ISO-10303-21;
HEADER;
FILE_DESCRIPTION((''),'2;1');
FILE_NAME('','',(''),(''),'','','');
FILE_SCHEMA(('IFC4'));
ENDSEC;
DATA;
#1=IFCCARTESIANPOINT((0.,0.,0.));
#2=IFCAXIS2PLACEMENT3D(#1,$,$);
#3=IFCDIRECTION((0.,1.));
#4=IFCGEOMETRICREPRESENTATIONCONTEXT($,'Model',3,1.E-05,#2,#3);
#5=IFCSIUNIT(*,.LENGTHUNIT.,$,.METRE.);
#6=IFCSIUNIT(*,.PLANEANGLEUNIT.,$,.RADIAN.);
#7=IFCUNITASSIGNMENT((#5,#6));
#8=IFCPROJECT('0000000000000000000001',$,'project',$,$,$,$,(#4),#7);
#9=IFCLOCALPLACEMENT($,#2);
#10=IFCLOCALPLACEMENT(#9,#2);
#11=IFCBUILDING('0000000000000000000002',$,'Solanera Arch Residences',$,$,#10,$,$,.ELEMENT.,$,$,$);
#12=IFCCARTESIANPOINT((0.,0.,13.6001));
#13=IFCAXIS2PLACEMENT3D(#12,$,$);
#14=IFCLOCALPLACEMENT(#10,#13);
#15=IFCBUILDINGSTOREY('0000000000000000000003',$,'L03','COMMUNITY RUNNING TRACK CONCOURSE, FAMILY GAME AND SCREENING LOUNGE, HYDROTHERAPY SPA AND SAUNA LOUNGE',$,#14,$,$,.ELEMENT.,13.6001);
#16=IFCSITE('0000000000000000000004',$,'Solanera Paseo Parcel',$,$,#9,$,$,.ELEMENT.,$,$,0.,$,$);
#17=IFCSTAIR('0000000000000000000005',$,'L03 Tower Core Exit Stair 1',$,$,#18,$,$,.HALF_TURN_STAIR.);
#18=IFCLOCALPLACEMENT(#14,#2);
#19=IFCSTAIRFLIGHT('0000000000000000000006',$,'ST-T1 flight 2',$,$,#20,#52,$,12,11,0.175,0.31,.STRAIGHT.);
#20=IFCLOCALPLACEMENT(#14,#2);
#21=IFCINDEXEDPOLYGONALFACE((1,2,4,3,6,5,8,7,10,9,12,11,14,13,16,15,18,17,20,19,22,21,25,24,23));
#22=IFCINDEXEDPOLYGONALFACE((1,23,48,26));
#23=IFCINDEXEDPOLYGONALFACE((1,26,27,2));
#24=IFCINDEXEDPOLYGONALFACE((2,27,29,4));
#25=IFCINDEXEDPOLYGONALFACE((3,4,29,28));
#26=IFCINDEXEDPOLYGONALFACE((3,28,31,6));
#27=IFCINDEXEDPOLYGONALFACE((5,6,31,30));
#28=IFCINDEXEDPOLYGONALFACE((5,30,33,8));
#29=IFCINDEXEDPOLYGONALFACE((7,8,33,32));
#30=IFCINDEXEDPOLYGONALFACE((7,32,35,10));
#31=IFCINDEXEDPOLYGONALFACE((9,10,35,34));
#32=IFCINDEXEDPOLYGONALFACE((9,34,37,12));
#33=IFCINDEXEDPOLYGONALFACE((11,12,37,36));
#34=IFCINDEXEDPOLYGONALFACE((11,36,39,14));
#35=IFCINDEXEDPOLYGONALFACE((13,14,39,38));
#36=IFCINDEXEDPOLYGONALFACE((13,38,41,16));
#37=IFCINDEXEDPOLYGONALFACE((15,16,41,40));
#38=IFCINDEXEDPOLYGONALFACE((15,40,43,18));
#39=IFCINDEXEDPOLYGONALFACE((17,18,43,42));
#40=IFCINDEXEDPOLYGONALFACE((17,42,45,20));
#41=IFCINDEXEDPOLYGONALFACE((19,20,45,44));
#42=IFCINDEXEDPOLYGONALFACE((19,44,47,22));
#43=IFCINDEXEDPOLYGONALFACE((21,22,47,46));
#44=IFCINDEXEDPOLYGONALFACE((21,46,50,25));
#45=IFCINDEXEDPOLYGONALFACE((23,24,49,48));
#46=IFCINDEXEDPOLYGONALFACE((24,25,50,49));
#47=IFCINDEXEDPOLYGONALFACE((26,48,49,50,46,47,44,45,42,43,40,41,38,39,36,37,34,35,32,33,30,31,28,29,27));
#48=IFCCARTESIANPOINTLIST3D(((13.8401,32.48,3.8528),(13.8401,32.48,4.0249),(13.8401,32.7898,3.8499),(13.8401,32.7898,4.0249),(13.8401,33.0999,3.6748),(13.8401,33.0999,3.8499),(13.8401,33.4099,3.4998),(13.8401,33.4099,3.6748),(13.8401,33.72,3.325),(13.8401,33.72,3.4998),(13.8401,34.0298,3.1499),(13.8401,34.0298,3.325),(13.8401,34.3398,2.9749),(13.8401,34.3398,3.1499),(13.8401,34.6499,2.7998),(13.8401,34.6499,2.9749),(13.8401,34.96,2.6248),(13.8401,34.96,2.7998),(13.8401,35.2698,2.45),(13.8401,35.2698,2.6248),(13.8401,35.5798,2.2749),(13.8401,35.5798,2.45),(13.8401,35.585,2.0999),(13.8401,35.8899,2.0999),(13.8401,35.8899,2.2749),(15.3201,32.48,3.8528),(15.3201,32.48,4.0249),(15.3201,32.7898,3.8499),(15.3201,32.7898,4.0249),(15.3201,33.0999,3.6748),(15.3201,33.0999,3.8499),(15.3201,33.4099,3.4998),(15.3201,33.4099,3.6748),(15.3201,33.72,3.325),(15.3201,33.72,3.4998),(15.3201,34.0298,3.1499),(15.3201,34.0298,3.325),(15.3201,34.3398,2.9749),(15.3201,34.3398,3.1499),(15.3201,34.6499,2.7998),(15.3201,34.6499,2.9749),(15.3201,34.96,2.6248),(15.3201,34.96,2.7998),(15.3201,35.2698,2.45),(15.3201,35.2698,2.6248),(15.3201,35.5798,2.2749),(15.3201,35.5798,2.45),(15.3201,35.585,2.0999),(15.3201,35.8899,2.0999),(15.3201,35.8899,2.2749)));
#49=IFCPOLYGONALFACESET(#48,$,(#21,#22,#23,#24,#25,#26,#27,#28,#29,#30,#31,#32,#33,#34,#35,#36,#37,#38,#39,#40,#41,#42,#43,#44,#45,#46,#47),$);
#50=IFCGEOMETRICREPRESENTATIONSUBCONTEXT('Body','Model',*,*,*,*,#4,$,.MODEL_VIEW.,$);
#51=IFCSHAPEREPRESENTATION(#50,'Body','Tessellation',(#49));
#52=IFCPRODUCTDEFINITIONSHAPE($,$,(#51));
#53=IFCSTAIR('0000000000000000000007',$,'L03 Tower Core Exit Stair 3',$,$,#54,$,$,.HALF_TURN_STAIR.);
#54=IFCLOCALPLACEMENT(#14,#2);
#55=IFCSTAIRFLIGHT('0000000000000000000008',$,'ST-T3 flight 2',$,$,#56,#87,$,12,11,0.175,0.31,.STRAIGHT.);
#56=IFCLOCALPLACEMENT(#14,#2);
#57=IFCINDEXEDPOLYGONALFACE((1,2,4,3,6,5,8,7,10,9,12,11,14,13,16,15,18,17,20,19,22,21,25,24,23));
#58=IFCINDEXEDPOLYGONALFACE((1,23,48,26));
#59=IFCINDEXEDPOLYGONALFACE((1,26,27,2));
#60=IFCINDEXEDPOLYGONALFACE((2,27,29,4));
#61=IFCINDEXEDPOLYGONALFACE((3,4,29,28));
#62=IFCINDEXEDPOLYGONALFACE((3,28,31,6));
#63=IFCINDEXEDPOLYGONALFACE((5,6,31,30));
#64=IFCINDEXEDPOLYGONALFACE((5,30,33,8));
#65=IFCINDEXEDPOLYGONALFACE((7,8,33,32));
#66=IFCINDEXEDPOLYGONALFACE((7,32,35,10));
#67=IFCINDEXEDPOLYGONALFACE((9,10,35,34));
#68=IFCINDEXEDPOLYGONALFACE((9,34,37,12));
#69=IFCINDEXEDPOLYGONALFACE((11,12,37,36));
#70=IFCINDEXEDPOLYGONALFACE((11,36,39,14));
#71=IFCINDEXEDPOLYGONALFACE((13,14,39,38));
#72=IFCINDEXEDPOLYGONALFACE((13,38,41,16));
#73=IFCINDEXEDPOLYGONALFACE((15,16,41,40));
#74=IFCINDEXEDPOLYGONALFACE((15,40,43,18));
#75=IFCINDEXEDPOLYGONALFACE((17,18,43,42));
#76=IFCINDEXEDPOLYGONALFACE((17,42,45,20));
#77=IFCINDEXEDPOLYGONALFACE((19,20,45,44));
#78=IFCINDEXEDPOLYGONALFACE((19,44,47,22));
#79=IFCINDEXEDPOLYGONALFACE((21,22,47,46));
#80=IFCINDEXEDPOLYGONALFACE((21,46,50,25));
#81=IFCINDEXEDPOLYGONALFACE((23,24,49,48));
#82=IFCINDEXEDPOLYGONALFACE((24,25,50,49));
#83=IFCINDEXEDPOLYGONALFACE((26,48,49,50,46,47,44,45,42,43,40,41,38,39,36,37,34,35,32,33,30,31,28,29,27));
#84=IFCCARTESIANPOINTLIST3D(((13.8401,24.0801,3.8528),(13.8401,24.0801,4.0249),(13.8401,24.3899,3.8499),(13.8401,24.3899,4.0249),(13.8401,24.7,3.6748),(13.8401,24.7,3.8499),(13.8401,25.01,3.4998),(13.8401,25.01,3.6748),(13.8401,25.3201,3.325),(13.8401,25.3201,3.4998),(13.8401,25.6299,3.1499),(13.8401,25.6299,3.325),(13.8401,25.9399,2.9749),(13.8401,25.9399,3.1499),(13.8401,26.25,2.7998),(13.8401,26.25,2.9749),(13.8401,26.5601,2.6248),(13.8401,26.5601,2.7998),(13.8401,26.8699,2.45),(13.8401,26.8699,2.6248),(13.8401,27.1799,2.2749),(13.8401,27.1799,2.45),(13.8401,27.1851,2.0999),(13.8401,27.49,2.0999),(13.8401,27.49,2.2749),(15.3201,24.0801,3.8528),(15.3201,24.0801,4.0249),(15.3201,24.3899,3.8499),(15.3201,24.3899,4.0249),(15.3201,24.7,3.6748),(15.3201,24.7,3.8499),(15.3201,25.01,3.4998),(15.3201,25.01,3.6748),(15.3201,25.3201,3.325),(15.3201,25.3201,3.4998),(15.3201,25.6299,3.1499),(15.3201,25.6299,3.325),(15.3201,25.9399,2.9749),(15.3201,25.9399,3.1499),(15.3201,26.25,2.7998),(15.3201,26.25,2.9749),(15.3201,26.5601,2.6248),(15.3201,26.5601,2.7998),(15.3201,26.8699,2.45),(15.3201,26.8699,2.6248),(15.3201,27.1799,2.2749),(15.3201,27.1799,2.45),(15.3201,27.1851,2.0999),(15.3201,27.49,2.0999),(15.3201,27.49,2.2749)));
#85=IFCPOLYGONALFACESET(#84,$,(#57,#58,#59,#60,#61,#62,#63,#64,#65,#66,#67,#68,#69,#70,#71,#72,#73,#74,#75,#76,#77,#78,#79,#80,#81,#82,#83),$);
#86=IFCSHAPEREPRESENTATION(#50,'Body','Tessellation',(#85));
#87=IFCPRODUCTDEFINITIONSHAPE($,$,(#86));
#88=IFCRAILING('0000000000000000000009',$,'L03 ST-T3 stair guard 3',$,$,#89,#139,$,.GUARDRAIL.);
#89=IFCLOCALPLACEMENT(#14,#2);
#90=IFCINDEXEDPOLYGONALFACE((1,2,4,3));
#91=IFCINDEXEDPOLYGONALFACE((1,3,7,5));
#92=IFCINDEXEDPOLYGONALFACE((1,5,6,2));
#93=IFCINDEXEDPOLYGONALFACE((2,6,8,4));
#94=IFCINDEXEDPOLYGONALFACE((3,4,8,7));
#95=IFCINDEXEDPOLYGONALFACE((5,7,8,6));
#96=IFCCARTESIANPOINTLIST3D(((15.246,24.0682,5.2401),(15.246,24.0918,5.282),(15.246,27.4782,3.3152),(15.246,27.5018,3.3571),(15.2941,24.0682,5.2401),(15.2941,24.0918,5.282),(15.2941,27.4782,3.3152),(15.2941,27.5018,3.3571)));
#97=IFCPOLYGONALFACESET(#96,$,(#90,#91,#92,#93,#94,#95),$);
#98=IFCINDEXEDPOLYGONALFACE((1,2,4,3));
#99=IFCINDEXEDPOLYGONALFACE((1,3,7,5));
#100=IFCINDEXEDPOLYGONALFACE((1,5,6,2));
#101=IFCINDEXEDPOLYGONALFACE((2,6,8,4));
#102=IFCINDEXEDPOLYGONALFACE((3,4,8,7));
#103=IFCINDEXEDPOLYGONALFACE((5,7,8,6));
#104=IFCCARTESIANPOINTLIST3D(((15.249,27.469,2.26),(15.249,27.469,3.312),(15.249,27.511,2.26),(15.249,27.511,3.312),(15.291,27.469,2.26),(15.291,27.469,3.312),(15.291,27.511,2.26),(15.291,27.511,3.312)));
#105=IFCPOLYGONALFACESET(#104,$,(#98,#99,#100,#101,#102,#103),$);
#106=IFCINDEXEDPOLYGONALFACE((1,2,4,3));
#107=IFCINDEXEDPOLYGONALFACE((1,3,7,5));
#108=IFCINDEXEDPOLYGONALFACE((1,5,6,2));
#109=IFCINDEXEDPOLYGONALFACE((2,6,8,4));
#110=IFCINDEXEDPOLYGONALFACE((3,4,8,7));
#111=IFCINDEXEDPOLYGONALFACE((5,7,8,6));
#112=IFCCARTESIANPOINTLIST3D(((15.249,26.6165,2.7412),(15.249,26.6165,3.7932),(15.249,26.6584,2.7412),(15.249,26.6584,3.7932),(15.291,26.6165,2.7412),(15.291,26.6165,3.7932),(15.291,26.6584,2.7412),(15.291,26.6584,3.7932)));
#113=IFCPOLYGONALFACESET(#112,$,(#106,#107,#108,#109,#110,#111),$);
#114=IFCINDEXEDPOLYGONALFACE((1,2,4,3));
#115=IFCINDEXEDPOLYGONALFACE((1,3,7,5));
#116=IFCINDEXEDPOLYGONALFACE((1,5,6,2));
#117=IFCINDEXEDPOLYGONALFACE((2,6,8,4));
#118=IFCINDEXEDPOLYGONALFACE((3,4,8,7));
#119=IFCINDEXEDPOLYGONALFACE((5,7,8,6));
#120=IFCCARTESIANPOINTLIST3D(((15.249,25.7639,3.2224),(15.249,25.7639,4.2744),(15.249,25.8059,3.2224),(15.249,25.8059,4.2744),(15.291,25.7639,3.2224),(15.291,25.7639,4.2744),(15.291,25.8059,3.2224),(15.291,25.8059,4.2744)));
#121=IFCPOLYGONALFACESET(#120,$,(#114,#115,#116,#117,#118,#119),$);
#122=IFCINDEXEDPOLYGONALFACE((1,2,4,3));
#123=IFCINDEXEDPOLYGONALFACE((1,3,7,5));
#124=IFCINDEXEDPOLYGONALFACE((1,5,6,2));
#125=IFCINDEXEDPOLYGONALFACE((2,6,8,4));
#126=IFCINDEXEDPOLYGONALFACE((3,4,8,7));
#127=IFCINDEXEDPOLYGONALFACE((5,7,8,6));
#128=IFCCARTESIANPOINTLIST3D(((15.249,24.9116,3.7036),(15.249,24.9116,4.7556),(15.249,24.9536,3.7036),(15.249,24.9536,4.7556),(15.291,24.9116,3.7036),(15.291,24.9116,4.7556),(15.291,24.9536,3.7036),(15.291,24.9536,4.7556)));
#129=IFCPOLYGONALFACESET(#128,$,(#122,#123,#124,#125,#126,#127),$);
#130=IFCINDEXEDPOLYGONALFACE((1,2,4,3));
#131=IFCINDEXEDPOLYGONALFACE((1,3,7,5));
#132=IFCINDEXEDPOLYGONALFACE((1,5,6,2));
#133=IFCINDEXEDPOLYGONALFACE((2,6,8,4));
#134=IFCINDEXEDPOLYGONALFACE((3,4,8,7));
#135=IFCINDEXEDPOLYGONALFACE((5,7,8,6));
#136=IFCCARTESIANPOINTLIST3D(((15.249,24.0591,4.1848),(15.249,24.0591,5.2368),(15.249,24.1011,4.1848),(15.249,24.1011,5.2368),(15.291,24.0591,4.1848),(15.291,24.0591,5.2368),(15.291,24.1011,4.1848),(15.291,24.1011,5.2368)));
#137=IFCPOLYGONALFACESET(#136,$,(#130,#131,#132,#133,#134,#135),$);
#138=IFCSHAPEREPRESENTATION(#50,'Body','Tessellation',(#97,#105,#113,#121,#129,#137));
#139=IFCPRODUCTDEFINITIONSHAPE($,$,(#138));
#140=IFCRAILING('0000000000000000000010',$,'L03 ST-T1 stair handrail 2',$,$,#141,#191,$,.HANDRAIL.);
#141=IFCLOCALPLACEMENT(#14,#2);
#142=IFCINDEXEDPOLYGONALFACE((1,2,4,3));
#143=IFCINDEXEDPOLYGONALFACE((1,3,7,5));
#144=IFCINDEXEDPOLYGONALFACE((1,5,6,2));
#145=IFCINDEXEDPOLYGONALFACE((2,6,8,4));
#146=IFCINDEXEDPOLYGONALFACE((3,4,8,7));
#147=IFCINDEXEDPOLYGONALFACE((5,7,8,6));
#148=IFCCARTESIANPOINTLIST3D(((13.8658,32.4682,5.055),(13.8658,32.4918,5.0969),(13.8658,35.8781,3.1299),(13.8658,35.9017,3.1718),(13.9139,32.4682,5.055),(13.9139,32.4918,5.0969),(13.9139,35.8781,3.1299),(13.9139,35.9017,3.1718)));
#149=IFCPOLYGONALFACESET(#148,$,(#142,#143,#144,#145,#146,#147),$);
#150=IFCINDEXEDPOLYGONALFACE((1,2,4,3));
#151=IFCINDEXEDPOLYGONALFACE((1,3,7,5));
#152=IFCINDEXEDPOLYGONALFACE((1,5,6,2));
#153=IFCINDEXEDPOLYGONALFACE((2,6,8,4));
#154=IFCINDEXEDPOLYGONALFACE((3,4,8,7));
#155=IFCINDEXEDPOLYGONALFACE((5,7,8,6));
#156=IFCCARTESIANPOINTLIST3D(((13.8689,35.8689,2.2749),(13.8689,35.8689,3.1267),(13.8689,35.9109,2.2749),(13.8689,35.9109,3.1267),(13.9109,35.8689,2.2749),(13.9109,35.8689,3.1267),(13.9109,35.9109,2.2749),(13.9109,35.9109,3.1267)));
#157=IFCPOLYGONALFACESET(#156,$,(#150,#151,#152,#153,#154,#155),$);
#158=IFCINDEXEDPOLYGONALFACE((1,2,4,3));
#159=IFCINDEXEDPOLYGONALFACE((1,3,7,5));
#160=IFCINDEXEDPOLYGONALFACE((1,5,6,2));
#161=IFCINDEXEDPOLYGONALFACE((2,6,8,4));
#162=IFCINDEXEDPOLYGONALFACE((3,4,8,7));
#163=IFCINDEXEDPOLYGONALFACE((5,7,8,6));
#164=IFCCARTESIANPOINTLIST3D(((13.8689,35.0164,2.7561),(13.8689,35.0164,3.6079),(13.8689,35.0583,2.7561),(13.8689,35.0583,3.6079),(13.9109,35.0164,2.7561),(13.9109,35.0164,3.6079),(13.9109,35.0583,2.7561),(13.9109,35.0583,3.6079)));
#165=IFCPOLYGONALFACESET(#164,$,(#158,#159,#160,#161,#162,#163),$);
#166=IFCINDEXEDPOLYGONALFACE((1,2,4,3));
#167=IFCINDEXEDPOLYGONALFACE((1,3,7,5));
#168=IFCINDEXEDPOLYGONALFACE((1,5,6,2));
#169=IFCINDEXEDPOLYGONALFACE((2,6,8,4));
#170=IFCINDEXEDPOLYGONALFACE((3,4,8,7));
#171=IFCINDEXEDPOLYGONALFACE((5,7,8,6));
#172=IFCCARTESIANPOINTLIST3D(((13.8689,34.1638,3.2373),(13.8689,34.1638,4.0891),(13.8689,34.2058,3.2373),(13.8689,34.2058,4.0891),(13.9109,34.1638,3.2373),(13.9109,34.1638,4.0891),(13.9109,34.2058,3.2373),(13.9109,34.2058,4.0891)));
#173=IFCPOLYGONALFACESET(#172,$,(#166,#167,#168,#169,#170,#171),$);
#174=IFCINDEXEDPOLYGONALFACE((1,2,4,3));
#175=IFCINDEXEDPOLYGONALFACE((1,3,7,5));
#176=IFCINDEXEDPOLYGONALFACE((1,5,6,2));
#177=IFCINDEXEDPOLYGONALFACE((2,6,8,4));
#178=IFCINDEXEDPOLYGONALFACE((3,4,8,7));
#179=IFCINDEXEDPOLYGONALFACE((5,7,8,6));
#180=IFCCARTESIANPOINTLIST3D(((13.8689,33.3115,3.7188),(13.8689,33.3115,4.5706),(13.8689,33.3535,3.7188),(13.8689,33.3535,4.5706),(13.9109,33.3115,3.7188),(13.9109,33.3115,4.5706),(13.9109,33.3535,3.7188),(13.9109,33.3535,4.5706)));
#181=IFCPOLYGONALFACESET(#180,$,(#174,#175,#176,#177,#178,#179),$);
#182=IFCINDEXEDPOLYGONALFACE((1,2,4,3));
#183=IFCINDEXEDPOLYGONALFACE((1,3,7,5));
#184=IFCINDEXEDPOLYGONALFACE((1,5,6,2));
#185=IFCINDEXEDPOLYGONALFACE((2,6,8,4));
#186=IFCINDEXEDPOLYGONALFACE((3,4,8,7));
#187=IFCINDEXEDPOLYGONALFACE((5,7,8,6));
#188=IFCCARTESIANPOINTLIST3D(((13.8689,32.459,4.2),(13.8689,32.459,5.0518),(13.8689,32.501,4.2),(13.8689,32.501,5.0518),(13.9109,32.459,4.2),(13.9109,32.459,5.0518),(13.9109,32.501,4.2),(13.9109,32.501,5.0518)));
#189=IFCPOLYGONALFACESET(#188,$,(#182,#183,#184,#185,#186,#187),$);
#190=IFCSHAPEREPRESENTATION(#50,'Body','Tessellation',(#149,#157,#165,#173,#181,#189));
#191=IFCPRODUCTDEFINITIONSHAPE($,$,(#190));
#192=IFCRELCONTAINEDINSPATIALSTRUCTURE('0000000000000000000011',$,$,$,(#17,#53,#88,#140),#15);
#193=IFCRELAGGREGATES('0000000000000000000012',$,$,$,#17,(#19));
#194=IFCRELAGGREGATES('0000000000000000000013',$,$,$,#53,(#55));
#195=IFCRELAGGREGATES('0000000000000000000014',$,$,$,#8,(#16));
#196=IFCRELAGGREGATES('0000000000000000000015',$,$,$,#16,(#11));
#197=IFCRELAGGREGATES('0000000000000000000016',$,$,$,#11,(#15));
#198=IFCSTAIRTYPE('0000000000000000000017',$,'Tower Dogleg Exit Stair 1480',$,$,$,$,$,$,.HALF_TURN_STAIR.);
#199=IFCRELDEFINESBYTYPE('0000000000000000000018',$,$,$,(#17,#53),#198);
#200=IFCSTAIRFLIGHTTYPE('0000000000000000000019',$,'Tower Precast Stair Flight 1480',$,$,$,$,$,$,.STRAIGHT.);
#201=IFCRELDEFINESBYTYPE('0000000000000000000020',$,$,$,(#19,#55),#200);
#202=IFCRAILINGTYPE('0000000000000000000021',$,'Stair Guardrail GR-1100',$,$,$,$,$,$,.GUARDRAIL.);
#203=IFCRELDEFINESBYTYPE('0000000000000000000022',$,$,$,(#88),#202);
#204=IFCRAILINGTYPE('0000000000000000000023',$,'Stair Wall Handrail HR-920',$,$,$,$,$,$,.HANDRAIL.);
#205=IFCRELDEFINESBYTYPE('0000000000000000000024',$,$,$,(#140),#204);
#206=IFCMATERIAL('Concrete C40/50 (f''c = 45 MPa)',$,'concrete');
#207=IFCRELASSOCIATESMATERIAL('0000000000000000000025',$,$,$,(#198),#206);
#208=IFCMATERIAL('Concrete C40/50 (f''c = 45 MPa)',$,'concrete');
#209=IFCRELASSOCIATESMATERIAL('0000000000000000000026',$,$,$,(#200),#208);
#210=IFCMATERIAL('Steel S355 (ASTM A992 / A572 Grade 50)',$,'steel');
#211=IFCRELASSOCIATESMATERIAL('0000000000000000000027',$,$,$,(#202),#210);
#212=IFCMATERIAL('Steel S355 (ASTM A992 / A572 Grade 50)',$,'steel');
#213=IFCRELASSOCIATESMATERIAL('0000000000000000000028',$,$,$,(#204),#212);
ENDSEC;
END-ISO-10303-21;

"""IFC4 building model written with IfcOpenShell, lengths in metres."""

from ifc_helpers import new_model, si_unit, direction, frame, origin, origin_2d, place, context, subcontext, project, spatial, polyline, rectangle, outline, extrude, material, type_object, element, aggregate, save


model = new_model("IFC4")

# Units and contexts
model_context = context("Model", 3, precision=1e-05, world=origin(), true_north=direction((0.0, 1.0)))
body_context = subcontext(model_context, "Body", "Model", "MODEL_VIEW")
ifc_project = project(units=[si_unit("LENGTHUNIT", "METRE"), si_unit("PLANEANGLEUNIT", "RADIAN")], contexts=[model_context])

# Site, building, storey
site_placement = place(None, origin())
site = spatial("IfcSite", under=ifc_project, at=site_placement, Name="Solanera Paseo Parcel", CompositionType="ELEMENT", RefElevation=0.0)
building_placement = place(site_placement, origin())
building = spatial("IfcBuilding", under=site, at=building_placement, Name="Solanera Arch Residences", CompositionType="ELEMENT")
storey_placement = place(building_placement, frame((0.0, 0.0, 13.6001)))
storey = spatial("IfcBuildingStorey", under=building, at=storey_placement, Name="L03", Description="COMMUNITY RUNNING TRACK CONCOURSE, FAMILY GAME AND SCREENING LOUNGE, HYDROTHERAPY SPA AND SAUNA LOUNGE", CompositionType="ELEMENT", Elevation=13.6001)

# Stairs, stair flights
ifc_material_1 = material(Name="Concrete C40/50 (f'c = 45 MPa)", Category="concrete")
stair_type = type_object("IfcStairType", Name="Tower Dogleg Exit Stair 1480", PredefinedType="HALF_TURN_STAIR", material=ifc_material_1)
stair_1_placement = place(storey_placement, origin())
stair_1 = element("IfcStair", 1, at=stair_1_placement, inside=storey, type_object=stair_type, Name="L03 Tower Core Exit Stair 1", PredefinedType="HALF_TURN_STAIR")
ifc_material_2 = material(Name="Concrete C40/50 (f'c = 45 MPa)", Category="concrete")
stair_flight_type = type_object("IfcStairFlightType", Name="Tower Precast Stair Flight 1480", PredefinedType="STRAIGHT", material=ifc_material_2)
stair_flight_1_placement = place(storey_placement, frame((14.5801, 35.8899, 2.0999), z_axis=(0.0, 0.0, 1.0), x_axis=(0.0, -1.0, 0.0)))
stair_flight_1 = element("IfcStairFlight", 2, at=stair_flight_1_placement, type_object=stair_flight_type, Name="ST-T1 flight 2", NumberOfRisers=12, NumberOfTreads=11, PredefinedType="STRAIGHT", RiserHeight=0.175, TreadLength=0.31, context=body_context, shape_type="SweptSolid", body=[
    extrude(outline(polyline([(0.0, 0.0), (0.0, 0.175), (0.3101, 0.175), (0.3101, 0.3501), (0.6201, 0.3501), (0.6201, 0.5249), (0.9299, 0.5249), (0.9299, 0.7), (1.24, 0.7), (1.24, 0.875), (1.55, 0.875), (1.55, 1.05), (1.8601, 1.05), (1.8601, 1.2251), (2.1699, 1.2251), (2.1699, 1.3999), (2.48, 1.3999), (2.48, 1.575), (2.79, 1.575), (2.79, 1.75), (3.1001, 1.75), (3.1001, 1.925), (3.4099, 1.925), (3.4099, 2.1001), (3.4099, 1.7529), (0.3049, 0.0), (0.0, 0.0)])), frame((0.0, 0.74, 0.0), z_axis=(0.0, -1.0, 0.0), x_axis=(1.0, 0.0, 0.0)), (0.0, 0.0, 1.0), 1.48),
])
aggregate(stair_1, [stair_flight_1])
stair_2_placement = place(storey_placement, origin())
stair_2 = element("IfcStair", 3, at=stair_2_placement, inside=storey, type_object=stair_type, Name="L03 Tower Core Exit Stair 3", PredefinedType="HALF_TURN_STAIR")
stair_flight_2_placement = place(storey_placement, frame((14.5801, 27.49, 2.0999), z_axis=(0.0, 0.0, 1.0), x_axis=(0.0, -1.0, 0.0)))
stair_flight_2 = element("IfcStairFlight", 4, at=stair_flight_2_placement, type_object=stair_flight_type, Name="ST-T3 flight 2", NumberOfRisers=12, NumberOfTreads=11, PredefinedType="STRAIGHT", RiserHeight=0.175, TreadLength=0.31, context=body_context, shape_type="SweptSolid", body=[
    extrude(outline(polyline([(0.0, 0.0), (0.0, 0.175), (0.3101, 0.175), (0.3101, 0.3501), (0.6201, 0.3501), (0.6201, 0.5249), (0.9299, 0.5249), (0.9299, 0.7), (1.24, 0.7), (1.24, 0.875), (1.55, 0.875), (1.55, 1.05), (1.8601, 1.05), (1.8601, 1.2251), (2.1699, 1.2251), (2.1699, 1.3999), (2.48, 1.3999), (2.48, 1.575), (2.79, 1.575), (2.79, 1.75), (3.1001, 1.75), (3.1001, 1.925), (3.4099, 1.925), (3.4099, 2.1001), (3.4099, 1.7529), (0.3049, 0.0), (0.0, 0.0)])), frame((0.0, 0.74, 0.0), z_axis=(0.0, -1.0, 0.0), x_axis=(1.0, 0.0, 0.0)), (0.0, 0.0, 1.0), 1.48),
])
aggregate(stair_2, [stair_flight_2])

# Railings
ifc_material_3 = material(Name="Steel S355 (ASTM A992 / A572 Grade 50)", Category="steel")
railing_type_1 = type_object("IfcRailingType", Name="Stair Guardrail GR-1100", PredefinedType="GUARDRAIL", material=ifc_material_3)
railing_placement = place(storey_placement, frame((15.27, 27.49, 2.26)))
element("IfcRailing", 5, at=railing_placement, inside=storey, type_object=railing_type_1, Name="L03 ST-T3 stair guard 3", PredefinedType="GUARDRAIL", context=body_context, shape_type="SweptSolid", body=[
    extrude(rectangle(XDim=0.0481, YDim=0.0481, at=origin_2d()), frame((0.0, 0.0, 1.0762), z_axis=(0.0, -0.87084, 0.491566), x_axis=(1.0, 0.0, 0.0)), (0.0, 0.0, 1.0), 3.9158),
    extrude(rectangle(XDim=0.042, YDim=0.042, at=origin_2d()), origin(), (0.0, 0.0, 1.0), 1.052),
    extrude(rectangle(XDim=0.042, YDim=0.042, at=origin_2d()), frame((0.0, -0.8525, 0.4812)), (0.0, 0.0, 1.0), 1.052),
    extrude(rectangle(XDim=0.042, YDim=0.042, at=origin_2d()), frame((0.0, -1.7051, 0.9624)), (0.0, 0.0, 1.0), 1.052),
    extrude(rectangle(XDim=0.042, YDim=0.042, at=origin_2d()), frame((0.0, -2.5574, 1.4436)), (0.0, 0.0, 1.0), 1.052),
    extrude(rectangle(XDim=0.042, YDim=0.042, at=origin_2d()), frame((0.0, -3.4099, 1.9248)), (0.0, 0.0, 1.0), 1.052),
])
ifc_material_4 = material(Name="Steel S355 (ASTM A992 / A572 Grade 50)", Category="steel")
railing_type_2 = type_object("IfcRailingType", Name="Stair Wall Handrail HR-920", PredefinedType="HANDRAIL", material=ifc_material_4)
for number, where, name in (
    (6, (13.8899, 35.8899, 2.2749), "L03 ST-T1 stair handrail 2"),
):
    element("IfcRailing", number, at=place(storey_placement, frame(where)), inside=storey, type_object=railing_type_2, Name=name, PredefinedType="HANDRAIL", context=body_context, shape_type="SweptSolid", body=[
        extrude(rectangle(XDim=0.0481, YDim=0.0481, at=origin_2d()), frame((0.0, 0.0, 0.876), z_axis=(0.0, -0.870814, 0.491613), x_axis=(1.0, 0.0, 0.0)), (0.0, 0.0, 1.0), 3.9158),
        extrude(rectangle(XDim=0.042, YDim=0.042, at=origin_2d()), origin(), (0.0, 0.0, 1.0), 0.8518),
        extrude(rectangle(XDim=0.042, YDim=0.042, at=origin_2d()), frame((0.0, -0.8525, 0.4812)), (0.0, 0.0, 1.0), 0.8518),
        extrude(rectangle(XDim=0.042, YDim=0.042, at=origin_2d()), frame((0.0, -1.7051, 0.9624)), (0.0, 0.0, 1.0), 0.8518),
        extrude(rectangle(XDim=0.042, YDim=0.042, at=origin_2d()), frame((0.0, -2.5574, 1.4438)), (0.0, 0.0, 1.0), 0.8518),
        extrude(rectangle(XDim=0.042, YDim=0.042, at=origin_2d()), frame((0.0, -3.4099, 1.925)), (0.0, 0.0, 1.0), 0.8518),
    ])

save(model, "model.ifc")
